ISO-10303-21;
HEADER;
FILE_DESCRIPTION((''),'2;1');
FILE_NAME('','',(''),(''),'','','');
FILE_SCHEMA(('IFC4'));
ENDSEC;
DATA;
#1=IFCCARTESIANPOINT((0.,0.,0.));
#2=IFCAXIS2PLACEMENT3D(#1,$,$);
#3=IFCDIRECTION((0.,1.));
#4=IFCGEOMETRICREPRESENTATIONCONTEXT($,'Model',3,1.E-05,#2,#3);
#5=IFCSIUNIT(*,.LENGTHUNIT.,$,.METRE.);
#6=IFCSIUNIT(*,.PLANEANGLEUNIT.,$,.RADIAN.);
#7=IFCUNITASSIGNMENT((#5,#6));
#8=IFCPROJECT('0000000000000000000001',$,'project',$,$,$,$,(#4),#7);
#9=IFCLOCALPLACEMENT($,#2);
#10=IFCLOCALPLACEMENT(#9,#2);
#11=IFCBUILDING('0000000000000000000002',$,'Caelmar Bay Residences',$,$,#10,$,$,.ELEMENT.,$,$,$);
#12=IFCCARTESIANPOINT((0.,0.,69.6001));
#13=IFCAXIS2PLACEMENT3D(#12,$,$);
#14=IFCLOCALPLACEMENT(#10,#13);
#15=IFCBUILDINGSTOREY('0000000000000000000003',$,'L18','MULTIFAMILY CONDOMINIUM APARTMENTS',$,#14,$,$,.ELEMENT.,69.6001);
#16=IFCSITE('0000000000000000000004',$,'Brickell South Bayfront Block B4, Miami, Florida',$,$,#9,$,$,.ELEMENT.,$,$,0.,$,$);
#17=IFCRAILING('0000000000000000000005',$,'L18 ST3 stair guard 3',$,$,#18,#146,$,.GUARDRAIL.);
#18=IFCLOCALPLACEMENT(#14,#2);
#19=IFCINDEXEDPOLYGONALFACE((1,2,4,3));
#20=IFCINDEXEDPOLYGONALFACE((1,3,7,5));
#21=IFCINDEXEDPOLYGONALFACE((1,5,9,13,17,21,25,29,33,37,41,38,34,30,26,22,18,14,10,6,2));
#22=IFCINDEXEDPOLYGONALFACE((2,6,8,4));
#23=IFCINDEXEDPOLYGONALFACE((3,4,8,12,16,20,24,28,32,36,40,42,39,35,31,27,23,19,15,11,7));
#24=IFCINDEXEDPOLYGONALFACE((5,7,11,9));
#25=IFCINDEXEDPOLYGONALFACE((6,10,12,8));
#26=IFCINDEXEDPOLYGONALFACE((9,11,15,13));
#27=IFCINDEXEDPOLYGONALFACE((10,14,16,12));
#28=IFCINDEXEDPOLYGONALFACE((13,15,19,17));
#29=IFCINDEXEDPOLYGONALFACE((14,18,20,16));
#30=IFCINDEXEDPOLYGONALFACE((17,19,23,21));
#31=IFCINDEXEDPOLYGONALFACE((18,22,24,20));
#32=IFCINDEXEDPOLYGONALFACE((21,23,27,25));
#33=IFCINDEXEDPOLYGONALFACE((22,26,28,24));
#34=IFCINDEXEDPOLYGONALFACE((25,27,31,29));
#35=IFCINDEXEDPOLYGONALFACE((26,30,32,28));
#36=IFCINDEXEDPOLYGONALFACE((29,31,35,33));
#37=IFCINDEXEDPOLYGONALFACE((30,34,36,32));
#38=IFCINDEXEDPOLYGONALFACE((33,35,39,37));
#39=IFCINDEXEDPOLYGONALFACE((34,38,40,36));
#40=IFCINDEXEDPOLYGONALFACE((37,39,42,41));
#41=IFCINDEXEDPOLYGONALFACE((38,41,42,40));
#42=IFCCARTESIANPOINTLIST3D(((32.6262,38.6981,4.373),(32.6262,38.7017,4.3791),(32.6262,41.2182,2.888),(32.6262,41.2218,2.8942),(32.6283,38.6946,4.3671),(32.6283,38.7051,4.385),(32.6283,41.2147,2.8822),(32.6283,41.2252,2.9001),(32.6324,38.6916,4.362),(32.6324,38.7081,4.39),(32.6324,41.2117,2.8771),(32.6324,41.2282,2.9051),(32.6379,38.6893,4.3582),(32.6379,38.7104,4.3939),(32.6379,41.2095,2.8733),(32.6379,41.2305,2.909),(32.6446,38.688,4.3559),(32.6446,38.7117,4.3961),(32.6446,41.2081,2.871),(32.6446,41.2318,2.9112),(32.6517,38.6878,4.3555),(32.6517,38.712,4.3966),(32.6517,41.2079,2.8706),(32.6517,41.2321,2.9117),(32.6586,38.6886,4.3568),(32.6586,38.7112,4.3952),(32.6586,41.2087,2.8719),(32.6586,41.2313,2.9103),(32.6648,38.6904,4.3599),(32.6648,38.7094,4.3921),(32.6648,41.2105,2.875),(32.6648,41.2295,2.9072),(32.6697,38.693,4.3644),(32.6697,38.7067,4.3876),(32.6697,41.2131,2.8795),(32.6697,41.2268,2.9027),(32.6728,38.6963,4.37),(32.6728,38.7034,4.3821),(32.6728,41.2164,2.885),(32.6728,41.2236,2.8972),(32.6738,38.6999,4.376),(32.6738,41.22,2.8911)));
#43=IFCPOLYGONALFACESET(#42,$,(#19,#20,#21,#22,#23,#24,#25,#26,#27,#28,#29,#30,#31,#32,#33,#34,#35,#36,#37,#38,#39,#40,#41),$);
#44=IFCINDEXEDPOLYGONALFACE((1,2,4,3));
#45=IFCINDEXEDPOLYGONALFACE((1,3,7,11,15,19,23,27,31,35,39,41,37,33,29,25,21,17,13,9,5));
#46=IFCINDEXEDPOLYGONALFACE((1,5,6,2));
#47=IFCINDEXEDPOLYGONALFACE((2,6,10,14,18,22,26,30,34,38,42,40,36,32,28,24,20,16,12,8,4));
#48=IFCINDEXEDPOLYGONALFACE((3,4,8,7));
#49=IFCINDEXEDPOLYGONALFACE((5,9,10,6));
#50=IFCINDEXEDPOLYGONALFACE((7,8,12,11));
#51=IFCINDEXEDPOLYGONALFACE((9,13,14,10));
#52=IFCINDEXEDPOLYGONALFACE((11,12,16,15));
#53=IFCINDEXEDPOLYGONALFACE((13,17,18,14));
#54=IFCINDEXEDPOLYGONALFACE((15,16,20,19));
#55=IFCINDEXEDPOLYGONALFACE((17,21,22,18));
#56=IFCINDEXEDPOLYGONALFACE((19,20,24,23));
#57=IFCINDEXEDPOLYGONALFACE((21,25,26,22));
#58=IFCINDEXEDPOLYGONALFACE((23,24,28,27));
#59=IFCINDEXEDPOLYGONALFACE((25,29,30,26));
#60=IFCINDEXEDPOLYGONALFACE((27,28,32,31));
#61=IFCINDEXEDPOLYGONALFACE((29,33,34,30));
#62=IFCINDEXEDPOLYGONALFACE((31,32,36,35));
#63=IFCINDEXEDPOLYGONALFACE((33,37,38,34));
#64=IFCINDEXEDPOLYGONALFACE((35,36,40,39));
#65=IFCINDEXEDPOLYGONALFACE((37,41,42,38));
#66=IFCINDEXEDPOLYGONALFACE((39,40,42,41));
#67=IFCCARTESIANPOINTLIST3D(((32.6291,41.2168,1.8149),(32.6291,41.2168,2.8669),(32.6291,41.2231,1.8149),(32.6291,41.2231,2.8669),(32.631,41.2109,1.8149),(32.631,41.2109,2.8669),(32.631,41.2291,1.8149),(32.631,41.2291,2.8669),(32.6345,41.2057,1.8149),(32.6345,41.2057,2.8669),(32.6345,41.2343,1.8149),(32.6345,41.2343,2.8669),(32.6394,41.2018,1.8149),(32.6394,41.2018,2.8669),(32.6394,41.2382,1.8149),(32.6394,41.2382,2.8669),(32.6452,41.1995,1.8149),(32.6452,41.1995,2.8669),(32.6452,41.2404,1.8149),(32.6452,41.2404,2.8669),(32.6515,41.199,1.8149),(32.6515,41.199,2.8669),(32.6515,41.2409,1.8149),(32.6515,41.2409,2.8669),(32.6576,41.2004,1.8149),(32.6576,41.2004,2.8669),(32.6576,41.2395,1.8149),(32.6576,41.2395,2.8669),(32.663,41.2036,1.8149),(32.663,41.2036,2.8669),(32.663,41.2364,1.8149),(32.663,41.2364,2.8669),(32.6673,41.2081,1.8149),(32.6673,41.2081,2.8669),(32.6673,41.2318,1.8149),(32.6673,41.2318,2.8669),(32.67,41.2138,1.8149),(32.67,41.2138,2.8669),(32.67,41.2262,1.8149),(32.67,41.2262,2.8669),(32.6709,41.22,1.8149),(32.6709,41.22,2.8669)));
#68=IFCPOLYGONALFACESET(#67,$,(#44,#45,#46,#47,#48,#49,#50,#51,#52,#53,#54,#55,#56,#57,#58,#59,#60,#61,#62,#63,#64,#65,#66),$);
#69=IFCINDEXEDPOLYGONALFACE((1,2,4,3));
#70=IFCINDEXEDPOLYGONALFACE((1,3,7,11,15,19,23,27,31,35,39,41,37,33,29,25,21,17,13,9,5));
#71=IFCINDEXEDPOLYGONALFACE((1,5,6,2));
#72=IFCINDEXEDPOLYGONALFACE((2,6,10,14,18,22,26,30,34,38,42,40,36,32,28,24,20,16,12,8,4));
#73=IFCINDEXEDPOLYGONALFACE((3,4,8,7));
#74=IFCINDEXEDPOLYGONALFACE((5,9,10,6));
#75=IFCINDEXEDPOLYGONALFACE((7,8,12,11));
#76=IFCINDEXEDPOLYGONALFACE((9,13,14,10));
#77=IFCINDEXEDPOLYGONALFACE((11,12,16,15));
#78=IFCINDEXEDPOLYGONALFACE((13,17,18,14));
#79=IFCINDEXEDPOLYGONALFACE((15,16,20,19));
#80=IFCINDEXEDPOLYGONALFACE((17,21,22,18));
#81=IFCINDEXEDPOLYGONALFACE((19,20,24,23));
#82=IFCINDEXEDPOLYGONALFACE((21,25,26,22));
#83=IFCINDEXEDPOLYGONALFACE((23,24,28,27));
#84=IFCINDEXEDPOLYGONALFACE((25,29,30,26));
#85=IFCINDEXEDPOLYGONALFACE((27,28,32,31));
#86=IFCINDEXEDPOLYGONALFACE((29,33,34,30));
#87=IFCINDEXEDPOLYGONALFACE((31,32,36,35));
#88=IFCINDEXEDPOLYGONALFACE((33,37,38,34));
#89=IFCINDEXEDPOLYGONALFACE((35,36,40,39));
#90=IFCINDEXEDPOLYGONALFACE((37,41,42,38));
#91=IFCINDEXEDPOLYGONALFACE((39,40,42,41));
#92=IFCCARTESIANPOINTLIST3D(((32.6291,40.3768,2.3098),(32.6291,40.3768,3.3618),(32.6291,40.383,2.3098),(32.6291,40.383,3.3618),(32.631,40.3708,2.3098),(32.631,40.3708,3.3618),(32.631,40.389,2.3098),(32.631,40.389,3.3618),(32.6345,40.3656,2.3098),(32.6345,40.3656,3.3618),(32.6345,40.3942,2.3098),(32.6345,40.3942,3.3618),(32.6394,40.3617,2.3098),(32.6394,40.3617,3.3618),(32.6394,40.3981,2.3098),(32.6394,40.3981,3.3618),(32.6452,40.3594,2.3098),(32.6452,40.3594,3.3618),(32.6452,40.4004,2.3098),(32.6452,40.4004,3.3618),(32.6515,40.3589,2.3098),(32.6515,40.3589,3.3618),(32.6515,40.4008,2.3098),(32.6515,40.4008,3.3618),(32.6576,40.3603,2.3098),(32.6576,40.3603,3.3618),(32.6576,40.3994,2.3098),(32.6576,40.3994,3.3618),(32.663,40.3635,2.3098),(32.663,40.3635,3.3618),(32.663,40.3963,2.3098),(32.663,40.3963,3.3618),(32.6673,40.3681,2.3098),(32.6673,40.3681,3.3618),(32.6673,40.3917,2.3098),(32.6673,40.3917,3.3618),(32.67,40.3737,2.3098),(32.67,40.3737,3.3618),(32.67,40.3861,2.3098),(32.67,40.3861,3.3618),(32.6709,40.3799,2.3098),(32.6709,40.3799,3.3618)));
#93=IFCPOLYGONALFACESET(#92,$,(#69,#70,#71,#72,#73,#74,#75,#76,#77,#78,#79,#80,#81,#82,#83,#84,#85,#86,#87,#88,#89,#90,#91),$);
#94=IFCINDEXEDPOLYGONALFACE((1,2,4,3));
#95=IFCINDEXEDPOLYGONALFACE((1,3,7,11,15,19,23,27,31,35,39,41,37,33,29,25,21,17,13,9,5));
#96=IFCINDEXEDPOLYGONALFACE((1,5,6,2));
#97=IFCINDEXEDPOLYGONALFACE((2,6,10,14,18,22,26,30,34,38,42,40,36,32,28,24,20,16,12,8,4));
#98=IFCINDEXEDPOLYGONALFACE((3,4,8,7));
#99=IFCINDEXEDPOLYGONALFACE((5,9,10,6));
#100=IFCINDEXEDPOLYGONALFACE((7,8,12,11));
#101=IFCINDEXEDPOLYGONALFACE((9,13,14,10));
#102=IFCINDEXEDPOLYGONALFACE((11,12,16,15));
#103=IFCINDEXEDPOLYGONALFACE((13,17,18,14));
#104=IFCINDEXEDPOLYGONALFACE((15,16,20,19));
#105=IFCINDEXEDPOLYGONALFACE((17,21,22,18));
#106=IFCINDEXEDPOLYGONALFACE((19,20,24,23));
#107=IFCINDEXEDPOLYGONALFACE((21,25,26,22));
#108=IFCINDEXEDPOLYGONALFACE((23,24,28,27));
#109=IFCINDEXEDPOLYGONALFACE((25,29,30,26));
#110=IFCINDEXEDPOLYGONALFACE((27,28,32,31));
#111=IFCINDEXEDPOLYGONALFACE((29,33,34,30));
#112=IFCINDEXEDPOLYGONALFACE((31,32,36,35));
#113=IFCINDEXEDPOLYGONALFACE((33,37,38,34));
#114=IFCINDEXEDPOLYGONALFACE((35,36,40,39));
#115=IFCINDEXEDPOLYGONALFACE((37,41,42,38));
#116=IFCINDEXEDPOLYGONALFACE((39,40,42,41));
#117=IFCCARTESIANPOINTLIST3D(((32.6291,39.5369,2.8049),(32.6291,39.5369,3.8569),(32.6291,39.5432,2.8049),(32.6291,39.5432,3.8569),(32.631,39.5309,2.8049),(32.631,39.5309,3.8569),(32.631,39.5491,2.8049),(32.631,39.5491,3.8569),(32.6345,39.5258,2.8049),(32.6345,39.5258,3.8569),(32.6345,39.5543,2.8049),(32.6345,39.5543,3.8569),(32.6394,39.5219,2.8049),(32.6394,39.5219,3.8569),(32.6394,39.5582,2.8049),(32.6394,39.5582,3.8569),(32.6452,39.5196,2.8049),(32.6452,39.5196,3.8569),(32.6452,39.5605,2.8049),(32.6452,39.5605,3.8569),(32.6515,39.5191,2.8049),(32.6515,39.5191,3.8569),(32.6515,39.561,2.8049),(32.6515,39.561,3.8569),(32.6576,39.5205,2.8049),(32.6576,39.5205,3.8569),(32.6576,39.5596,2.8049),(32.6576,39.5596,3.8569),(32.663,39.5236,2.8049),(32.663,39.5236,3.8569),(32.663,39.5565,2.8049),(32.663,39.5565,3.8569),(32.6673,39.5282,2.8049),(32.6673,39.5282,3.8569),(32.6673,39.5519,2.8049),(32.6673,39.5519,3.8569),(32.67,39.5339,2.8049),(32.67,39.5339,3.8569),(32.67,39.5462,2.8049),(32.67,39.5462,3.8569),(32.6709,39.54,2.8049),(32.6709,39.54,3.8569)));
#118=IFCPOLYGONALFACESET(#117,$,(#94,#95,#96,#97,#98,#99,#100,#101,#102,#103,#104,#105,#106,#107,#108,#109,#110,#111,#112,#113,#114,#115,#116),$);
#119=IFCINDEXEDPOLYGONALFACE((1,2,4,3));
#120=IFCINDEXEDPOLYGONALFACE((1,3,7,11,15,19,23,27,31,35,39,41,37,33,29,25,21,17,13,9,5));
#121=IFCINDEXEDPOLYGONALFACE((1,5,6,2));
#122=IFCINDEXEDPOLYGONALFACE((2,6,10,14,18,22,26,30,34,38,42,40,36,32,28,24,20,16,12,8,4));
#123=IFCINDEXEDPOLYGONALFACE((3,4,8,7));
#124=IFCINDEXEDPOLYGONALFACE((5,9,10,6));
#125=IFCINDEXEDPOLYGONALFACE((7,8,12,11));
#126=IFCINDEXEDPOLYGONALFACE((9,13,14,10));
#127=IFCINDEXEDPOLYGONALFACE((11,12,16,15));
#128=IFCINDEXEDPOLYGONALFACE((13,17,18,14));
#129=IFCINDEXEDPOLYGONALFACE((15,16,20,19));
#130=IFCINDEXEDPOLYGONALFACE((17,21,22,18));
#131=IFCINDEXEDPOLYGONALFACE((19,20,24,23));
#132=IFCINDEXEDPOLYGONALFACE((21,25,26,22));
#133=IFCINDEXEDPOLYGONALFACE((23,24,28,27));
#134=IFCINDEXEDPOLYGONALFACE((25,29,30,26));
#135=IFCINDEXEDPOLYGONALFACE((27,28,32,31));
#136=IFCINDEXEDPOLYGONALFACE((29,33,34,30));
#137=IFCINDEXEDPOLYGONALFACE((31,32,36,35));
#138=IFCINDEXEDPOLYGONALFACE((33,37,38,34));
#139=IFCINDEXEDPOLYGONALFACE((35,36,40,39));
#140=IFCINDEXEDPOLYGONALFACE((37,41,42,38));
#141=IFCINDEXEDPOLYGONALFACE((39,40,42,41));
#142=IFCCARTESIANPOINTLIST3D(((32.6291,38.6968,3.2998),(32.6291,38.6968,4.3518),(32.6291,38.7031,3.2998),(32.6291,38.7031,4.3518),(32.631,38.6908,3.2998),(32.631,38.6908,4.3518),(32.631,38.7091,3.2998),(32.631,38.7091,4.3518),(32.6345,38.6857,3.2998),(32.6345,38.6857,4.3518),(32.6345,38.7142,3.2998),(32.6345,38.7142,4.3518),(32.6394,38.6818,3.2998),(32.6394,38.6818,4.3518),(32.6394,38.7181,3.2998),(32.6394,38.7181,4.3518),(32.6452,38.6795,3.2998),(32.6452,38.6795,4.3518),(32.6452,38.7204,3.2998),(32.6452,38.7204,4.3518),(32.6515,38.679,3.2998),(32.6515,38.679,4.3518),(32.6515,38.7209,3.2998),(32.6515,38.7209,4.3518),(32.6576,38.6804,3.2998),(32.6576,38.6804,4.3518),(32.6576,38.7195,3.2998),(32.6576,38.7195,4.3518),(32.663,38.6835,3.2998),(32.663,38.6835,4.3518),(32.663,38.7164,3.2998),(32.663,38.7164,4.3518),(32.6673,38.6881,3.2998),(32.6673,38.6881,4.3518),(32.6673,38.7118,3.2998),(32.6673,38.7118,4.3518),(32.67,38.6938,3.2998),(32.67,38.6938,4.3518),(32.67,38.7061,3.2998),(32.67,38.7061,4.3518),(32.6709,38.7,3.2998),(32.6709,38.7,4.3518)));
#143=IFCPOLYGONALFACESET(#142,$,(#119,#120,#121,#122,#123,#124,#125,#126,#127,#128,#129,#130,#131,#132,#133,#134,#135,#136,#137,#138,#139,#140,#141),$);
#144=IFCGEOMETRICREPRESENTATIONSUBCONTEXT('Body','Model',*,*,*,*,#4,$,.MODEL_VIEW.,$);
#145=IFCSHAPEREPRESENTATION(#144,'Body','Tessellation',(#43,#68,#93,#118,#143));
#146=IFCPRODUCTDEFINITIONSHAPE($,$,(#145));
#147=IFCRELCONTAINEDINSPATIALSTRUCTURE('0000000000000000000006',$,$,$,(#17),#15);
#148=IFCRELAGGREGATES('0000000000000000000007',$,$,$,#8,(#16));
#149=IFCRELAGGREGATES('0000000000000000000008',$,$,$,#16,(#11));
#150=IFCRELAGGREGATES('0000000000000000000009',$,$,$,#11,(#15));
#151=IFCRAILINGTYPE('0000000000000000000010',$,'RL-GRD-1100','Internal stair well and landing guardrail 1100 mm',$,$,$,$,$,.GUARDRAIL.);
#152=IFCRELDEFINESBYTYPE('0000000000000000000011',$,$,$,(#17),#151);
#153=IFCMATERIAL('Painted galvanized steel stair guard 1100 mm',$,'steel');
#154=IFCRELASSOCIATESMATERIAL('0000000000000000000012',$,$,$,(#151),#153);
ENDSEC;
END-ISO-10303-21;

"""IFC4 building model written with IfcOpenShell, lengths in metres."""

from ifc_helpers import new_model, si_unit, direction, frame, origin, origin_2d, place, context, subcontext, project, spatial, circle, extrude, material, type_object, element, save


model = new_model("IFC4")

# Units and contexts
model_context = context("Model", 3, precision=1e-05, world=origin(), true_north=direction((0.0, 1.0)))
body_context = subcontext(model_context, "Body", "Model", "MODEL_VIEW")
ifc_project = project(units=[si_unit("LENGTHUNIT", "METRE"), si_unit("PLANEANGLEUNIT", "RADIAN")], contexts=[model_context])

# Site, building, storey
site_placement = place(None, origin())
site = spatial("IfcSite", under=ifc_project, at=site_placement, Name="Brickell South Bayfront Block B4, Miami, Florida", CompositionType="ELEMENT", RefElevation=0.0)
building_placement = place(site_placement, origin())
building = spatial("IfcBuilding", under=site, at=building_placement, Name="Caelmar Bay Residences", CompositionType="ELEMENT")
storey_placement = place(building_placement, frame((0.0, 0.0, 69.6001)))
storey = spatial("IfcBuildingStorey", under=building, at=storey_placement, Name="L18", Description="MULTIFAMILY CONDOMINIUM APARTMENTS", CompositionType="ELEMENT", Elevation=69.6001)

# Railing
ifc_material_1 = material(Name="Painted galvanized steel stair guard 1100 mm", Category="steel")
railing_type_1 = type_object("IfcRailingType", Name="RL-GRD-1100", Description="Internal stair well and landing guardrail 1100 mm", PredefinedType="GUARDRAIL", material=ifc_material_1)
railing_1_placement = place(storey_placement, frame((32.6499, 41.22, 1.8149)))
element("IfcRailing", 1, at=railing_1_placement, inside=storey, type_object=railing_type_1, Name="L18 ST3 stair guard 3", PredefinedType="GUARDRAIL", context=body_context, shape_type="SweptSolid", body=[
    extrude(circle(Radius=0.0239, at=origin_2d()), frame((0.0, 0.0, 1.0762), z_axis=(0.0, -0.861561, 0.507655), x_axis=(1.0, 0.0, 0.0)), (0.0, 0.0, 1.0), 2.925),
    extrude(circle(Radius=0.021, at=origin_2d()), origin(), (0.0, 0.0, 1.0), 1.052),
    extrude(circle(Radius=0.021, at=origin_2d()), frame((0.0, -0.8401, 0.4949)), (0.0, 0.0, 1.0), 1.052),
    extrude(circle(Radius=0.021, at=origin_2d()), frame((0.0, -1.6799, 0.99)), (0.0, 0.0, 1.0), 1.052),
    extrude(circle(Radius=0.021, at=origin_2d()), frame((0.0, -2.52, 1.4849)), (0.0, 0.0, 1.0), 1.052),
])

save(model, "model.ifc")
